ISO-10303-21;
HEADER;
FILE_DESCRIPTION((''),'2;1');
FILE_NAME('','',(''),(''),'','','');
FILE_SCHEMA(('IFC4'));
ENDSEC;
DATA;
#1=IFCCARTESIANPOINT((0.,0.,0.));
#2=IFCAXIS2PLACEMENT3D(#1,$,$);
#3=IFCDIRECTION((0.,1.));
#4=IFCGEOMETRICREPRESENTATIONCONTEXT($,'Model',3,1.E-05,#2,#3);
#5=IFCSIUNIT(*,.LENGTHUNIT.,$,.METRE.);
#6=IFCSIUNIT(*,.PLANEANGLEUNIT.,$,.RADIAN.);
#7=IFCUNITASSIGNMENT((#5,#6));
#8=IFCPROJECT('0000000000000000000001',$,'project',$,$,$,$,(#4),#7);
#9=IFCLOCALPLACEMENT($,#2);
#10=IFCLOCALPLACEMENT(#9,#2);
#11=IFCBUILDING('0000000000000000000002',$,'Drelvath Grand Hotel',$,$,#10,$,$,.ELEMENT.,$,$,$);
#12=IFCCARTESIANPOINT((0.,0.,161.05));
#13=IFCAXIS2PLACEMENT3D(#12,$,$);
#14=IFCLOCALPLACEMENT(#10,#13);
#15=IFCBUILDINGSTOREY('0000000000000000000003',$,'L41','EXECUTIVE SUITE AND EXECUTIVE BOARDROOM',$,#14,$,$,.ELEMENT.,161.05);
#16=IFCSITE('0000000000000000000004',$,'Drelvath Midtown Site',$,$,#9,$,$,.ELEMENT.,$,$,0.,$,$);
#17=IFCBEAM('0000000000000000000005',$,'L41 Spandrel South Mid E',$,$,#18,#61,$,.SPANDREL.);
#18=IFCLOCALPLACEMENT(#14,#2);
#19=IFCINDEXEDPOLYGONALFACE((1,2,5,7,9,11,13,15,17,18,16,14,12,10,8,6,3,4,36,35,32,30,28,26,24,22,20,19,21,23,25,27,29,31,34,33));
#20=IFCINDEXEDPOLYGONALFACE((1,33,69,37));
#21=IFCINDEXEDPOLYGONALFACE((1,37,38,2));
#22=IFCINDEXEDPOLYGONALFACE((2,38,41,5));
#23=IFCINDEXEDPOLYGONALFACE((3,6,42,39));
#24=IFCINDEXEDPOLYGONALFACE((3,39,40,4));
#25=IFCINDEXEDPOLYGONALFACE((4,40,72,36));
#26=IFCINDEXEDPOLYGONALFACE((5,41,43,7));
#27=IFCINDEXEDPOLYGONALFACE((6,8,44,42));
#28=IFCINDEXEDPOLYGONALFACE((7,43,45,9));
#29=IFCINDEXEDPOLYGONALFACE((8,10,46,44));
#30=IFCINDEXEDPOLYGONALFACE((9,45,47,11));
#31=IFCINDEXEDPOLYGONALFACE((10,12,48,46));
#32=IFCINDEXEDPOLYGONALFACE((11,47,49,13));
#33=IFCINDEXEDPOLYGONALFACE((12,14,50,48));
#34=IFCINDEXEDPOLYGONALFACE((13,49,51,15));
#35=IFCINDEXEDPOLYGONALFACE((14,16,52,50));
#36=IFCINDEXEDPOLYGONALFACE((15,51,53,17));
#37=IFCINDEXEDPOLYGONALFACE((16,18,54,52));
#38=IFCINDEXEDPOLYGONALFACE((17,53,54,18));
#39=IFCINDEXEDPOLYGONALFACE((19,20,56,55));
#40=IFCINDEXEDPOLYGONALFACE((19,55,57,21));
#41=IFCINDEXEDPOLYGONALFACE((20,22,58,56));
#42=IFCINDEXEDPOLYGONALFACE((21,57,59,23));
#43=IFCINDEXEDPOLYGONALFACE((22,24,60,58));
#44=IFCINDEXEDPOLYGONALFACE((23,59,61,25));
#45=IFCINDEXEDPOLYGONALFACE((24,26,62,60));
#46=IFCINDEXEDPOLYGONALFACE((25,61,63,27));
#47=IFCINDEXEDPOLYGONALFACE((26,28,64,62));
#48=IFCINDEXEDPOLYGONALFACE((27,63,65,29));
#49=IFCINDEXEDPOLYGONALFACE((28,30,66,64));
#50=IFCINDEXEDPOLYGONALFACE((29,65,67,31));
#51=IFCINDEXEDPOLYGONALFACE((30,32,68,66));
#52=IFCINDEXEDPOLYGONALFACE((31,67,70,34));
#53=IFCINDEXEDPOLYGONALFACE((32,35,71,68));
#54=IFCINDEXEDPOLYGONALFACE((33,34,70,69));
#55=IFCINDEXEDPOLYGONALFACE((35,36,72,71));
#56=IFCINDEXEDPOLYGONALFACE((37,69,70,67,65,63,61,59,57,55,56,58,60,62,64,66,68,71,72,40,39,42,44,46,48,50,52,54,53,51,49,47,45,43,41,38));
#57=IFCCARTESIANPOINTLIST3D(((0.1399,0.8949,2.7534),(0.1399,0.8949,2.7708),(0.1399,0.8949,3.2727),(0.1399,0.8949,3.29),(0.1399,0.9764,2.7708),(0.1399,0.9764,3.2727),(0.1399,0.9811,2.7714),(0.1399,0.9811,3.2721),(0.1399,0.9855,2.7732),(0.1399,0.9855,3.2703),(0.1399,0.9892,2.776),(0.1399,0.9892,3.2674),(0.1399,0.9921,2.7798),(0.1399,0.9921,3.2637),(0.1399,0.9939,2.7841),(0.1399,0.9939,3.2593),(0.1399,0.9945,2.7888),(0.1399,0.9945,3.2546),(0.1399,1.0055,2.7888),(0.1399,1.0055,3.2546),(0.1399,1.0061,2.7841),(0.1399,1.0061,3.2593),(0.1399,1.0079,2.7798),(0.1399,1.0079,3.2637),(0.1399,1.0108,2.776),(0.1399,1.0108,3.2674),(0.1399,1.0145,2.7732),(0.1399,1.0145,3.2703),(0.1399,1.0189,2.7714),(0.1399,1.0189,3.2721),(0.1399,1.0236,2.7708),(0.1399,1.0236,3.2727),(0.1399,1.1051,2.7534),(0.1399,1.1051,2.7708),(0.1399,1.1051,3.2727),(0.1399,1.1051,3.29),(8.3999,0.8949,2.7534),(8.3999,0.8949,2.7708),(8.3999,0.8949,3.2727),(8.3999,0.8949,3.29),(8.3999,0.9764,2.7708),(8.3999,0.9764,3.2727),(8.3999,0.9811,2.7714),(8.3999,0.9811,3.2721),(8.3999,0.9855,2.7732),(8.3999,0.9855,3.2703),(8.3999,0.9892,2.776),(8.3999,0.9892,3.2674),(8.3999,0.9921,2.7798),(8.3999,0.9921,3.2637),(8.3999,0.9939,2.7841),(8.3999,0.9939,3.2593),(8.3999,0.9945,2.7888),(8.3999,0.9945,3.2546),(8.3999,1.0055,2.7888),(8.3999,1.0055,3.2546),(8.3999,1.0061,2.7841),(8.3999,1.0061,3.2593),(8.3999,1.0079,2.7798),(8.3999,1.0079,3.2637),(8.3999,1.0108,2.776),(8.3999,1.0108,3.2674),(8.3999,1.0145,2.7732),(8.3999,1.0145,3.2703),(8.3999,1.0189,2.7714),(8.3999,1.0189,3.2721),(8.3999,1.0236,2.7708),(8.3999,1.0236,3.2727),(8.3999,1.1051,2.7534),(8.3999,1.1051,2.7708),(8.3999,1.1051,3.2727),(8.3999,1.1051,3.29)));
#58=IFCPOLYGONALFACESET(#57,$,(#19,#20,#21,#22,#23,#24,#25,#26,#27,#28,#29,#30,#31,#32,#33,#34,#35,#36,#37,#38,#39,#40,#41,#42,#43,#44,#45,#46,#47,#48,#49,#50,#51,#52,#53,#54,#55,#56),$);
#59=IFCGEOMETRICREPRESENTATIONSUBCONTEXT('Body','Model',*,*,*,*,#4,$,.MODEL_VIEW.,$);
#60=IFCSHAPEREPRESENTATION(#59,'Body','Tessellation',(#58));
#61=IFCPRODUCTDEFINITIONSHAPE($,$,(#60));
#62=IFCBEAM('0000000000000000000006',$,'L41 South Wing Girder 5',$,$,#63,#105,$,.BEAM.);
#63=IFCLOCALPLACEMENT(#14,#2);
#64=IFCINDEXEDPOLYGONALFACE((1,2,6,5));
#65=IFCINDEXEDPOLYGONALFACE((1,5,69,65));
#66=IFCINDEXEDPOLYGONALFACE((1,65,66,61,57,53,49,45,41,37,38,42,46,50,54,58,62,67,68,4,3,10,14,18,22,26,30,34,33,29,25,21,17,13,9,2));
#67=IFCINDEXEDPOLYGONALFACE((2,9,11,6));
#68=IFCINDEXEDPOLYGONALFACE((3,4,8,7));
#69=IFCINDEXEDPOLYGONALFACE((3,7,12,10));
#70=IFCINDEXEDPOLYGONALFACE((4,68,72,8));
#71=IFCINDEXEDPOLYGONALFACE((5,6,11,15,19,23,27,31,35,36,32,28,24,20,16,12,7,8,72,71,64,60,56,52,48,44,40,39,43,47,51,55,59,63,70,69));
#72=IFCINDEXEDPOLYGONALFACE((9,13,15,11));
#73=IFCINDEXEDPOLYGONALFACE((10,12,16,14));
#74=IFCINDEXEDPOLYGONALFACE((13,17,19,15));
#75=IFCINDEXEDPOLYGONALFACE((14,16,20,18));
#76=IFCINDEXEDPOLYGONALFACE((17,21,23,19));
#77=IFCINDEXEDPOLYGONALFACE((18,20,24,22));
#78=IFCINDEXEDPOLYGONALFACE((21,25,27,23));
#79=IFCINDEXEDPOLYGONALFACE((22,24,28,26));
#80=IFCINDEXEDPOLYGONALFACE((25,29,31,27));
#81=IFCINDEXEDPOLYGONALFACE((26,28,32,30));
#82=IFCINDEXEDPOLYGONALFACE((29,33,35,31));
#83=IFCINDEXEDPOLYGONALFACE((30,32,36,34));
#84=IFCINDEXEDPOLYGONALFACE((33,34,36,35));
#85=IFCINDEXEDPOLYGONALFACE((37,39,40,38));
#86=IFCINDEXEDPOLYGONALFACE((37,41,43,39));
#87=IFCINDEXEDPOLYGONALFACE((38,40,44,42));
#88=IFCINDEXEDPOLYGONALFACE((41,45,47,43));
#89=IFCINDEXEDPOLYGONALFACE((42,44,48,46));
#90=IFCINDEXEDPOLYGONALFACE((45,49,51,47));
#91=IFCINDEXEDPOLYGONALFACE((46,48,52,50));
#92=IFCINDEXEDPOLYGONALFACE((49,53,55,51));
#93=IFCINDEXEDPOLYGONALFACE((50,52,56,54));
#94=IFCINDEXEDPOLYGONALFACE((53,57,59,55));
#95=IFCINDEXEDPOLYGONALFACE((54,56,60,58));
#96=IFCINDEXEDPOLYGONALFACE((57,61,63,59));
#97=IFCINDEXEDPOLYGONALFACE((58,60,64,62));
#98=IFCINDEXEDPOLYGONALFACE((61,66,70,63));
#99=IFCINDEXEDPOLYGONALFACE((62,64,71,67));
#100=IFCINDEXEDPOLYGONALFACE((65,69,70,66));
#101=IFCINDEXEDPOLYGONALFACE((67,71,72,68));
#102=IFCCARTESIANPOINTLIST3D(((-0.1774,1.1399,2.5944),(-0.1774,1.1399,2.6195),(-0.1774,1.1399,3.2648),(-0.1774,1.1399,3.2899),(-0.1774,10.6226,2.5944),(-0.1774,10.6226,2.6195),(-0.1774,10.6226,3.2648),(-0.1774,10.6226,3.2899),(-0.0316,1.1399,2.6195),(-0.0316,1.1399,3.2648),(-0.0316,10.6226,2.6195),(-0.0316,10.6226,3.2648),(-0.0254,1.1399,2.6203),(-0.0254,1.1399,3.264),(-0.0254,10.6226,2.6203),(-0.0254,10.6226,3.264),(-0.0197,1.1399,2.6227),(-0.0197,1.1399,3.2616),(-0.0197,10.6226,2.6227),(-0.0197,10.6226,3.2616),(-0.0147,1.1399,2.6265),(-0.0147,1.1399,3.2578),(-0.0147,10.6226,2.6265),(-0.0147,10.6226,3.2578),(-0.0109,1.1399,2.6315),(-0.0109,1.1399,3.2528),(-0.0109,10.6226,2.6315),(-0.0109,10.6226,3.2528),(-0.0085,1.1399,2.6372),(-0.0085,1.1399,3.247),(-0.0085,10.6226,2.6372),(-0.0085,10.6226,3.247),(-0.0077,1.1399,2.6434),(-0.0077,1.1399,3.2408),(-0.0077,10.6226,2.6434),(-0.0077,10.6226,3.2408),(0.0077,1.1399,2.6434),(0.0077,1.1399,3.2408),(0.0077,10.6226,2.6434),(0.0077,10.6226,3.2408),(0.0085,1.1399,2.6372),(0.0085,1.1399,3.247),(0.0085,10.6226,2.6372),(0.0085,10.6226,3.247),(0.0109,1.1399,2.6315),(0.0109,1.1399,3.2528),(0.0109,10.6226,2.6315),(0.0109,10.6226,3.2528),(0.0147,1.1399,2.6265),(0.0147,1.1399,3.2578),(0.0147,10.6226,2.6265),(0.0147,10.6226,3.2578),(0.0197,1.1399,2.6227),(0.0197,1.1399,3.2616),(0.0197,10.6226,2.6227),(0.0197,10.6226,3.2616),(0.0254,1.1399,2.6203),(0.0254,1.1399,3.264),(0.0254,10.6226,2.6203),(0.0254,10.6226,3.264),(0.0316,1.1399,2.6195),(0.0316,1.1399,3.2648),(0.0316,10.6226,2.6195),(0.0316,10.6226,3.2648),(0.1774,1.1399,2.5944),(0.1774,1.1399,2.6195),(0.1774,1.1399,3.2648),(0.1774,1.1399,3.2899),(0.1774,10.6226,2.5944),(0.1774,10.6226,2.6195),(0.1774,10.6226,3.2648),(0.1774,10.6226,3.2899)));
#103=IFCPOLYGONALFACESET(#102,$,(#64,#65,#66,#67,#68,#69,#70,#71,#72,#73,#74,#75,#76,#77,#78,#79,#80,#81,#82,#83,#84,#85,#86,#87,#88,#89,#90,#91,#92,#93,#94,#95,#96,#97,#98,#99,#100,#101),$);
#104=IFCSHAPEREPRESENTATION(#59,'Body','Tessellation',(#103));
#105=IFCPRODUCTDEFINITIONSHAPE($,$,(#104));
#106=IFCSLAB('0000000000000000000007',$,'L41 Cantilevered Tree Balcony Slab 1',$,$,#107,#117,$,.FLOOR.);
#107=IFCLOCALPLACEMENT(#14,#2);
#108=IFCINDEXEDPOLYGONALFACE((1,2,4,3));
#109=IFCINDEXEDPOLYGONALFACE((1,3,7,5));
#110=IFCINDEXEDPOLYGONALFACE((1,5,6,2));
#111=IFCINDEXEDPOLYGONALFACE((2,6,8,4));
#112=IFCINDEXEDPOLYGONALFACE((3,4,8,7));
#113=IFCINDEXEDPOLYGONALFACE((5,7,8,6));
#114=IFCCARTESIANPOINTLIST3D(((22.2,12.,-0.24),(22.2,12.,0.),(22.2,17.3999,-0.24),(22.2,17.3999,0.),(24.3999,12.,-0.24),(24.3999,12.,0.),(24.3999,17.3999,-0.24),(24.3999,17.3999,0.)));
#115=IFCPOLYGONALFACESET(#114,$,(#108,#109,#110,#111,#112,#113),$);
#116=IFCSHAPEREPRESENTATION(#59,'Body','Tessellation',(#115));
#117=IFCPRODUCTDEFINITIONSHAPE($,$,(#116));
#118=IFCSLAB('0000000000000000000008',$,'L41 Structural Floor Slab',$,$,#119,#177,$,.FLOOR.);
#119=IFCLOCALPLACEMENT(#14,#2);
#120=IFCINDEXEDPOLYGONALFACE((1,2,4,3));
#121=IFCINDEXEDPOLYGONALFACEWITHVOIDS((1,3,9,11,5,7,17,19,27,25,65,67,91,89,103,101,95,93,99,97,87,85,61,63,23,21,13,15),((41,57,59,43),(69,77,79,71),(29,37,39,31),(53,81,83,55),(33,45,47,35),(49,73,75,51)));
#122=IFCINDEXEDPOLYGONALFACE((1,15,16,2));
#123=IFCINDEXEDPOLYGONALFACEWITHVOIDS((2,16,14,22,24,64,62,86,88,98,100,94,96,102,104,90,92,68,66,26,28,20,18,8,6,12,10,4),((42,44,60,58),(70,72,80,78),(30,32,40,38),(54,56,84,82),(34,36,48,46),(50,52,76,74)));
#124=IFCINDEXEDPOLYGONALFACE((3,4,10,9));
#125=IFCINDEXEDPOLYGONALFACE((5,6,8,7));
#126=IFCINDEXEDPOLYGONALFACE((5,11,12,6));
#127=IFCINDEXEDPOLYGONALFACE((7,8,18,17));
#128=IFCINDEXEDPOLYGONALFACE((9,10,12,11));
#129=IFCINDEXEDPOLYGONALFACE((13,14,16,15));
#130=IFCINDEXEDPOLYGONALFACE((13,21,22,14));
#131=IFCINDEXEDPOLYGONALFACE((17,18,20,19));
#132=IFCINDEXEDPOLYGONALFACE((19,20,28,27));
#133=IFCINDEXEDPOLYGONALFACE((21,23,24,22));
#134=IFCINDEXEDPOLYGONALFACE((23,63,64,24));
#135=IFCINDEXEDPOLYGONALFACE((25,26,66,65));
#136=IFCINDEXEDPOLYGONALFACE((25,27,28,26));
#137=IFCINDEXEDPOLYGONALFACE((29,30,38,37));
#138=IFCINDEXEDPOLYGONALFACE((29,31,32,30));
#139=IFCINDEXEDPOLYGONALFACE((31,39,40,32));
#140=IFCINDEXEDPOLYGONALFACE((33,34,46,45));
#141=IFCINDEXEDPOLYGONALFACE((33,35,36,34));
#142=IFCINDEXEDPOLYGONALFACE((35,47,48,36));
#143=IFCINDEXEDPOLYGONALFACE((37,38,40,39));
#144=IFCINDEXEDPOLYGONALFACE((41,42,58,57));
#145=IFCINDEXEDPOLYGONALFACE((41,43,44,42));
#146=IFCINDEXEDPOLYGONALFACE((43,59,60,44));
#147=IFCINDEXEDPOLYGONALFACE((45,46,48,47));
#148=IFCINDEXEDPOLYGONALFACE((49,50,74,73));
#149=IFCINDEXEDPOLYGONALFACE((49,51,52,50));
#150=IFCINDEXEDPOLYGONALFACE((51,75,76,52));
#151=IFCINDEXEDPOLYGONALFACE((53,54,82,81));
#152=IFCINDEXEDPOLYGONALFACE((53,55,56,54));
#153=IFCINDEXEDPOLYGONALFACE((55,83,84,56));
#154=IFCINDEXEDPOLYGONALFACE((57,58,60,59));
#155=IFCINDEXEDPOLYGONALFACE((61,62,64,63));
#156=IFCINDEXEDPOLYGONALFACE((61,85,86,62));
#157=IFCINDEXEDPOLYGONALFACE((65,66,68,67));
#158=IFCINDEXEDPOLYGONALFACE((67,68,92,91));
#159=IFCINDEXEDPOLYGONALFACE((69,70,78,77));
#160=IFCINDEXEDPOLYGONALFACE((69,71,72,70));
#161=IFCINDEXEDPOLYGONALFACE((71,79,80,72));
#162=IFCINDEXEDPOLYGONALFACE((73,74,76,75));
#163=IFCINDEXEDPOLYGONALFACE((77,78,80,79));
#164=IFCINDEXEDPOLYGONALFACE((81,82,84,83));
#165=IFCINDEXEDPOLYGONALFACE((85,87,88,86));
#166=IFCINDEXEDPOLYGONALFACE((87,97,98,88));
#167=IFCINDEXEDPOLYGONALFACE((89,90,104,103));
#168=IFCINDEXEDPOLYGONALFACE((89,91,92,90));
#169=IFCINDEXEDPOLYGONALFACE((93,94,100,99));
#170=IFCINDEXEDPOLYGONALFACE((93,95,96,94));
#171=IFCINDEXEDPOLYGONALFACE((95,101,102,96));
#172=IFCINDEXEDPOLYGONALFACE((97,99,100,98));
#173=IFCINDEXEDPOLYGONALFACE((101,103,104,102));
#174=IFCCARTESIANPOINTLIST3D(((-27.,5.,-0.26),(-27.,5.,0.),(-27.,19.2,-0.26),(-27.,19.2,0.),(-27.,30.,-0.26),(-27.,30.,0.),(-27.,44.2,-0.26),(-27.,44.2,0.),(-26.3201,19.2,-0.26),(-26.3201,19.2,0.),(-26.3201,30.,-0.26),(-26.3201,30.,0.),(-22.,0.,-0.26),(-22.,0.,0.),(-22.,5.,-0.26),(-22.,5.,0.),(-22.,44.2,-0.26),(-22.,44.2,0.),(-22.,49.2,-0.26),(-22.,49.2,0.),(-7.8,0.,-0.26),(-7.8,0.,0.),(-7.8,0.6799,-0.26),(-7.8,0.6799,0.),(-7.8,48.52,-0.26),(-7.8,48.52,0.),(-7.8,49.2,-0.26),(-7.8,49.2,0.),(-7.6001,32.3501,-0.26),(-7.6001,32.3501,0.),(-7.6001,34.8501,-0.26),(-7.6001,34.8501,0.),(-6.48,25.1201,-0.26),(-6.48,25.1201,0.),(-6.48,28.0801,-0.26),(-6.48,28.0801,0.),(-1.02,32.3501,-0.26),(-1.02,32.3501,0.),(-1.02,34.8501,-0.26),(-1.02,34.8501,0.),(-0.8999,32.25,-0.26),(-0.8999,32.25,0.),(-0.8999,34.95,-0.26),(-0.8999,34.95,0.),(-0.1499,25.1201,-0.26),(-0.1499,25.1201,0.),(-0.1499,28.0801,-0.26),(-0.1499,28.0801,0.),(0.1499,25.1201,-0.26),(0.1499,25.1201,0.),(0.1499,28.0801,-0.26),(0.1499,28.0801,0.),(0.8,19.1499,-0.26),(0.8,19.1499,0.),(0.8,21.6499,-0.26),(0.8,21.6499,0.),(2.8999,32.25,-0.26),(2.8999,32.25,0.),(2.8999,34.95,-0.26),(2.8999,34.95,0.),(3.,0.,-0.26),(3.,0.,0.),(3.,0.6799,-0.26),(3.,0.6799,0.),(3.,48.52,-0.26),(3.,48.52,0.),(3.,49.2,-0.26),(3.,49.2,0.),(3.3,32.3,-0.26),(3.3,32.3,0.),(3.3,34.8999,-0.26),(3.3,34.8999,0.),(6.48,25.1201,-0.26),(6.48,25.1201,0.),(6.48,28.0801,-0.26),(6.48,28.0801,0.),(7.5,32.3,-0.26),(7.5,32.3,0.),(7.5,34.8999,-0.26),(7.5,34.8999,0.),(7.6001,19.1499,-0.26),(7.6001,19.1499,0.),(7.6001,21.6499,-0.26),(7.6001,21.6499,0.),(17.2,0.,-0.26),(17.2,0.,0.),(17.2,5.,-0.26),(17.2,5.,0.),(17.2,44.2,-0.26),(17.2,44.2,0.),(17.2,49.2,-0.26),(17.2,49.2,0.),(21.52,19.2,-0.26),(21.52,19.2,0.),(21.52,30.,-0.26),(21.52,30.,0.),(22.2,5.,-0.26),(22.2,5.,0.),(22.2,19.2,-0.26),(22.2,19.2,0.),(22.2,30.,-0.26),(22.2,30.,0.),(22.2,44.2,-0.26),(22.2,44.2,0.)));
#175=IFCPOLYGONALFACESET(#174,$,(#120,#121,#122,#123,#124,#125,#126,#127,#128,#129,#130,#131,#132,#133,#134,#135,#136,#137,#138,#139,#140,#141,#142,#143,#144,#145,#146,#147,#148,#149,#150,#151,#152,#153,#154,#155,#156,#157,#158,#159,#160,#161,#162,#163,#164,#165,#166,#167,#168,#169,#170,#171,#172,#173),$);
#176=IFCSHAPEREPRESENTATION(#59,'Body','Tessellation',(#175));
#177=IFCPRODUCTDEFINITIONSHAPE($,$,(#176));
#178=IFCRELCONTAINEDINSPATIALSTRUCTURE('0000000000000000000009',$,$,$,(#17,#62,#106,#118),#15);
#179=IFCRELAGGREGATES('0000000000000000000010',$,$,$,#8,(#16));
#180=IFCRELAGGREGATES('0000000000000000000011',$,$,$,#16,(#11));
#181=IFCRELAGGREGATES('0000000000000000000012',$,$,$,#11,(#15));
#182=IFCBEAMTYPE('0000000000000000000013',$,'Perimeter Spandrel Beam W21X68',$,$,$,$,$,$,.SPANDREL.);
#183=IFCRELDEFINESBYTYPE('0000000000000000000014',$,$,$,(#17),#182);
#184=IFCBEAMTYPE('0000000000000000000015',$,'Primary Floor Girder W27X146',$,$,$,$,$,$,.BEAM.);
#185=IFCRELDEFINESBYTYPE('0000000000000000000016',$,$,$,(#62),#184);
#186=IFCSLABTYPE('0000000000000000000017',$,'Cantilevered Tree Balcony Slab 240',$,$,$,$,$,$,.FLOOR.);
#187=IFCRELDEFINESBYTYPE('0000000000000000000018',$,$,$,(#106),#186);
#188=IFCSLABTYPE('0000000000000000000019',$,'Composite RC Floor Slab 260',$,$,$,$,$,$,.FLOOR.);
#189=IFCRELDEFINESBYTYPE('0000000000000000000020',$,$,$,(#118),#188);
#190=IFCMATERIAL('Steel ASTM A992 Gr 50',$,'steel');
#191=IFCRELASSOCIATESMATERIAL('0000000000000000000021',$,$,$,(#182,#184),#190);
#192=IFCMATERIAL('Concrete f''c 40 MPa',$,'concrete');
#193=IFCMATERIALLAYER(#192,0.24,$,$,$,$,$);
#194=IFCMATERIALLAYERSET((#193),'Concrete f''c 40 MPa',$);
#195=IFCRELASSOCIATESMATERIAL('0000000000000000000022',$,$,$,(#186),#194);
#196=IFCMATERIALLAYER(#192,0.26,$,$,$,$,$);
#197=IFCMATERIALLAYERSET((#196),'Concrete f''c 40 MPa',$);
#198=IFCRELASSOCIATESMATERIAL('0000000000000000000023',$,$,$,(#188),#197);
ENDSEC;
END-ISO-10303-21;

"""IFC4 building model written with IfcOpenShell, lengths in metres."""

from ifc_helpers import new_model, si_unit, direction, frame, origin, origin_2d, place, context, subcontext, project, spatial, polyline, i_section, outline, extrude, material, layer, layer_set, material_profile, profile_set, type_object, element, save


model = new_model("IFC4")

# Units and contexts
model_context = context("Model", 3, precision=1e-05, world=origin(), true_north=direction((0.0, 1.0)))
body_context = subcontext(model_context, "Body", "Model", "MODEL_VIEW")
ifc_project = project(units=[si_unit("LENGTHUNIT", "METRE"), si_unit("PLANEANGLEUNIT", "RADIAN")], contexts=[model_context])

# Site, building, storey
site_placement = place(None, origin())
site = spatial("IfcSite", under=ifc_project, at=site_placement, Name="Drelvath Midtown Site", CompositionType="ELEMENT", RefElevation=0.0)
building_placement = place(site_placement, origin())
building = spatial("IfcBuilding", under=site, at=building_placement, Name="Drelvath Grand Hotel", CompositionType="ELEMENT")
storey_placement = place(building_placement, frame((0.0, 0.0, 161.05)))
storey = spatial("IfcBuildingStorey", under=building, at=storey_placement, Name="L41", Description="EXECUTIVE SUITE AND EXECUTIVE BOARDROOM", CompositionType="ELEMENT", Elevation=161.05)

# Beams
ifc_material_1 = material(Name="Steel ASTM A992 Gr 50", Category="steel")
ifc_material_profile_1 = material_profile(ifc_material_1, i_section(OverallWidth=0.2102, OverallDepth=0.5366, WebThickness=0.011, FlangeThickness=0.0173, FilletRadius=0.0181, at=origin_2d()), Name="W21X68")
ifc_profile_set_1 = profile_set([ifc_material_profile_1], Name="Steel ASTM A992 Gr 50")
beam_type_1 = type_object("IfcBeamType", Name="Perimeter Spandrel Beam W21X68", PredefinedType="SPANDREL", material=ifc_profile_set_1)
beam_1_placement = place(storey_placement, frame((0.1399, 1.0, 3.0217), z_axis=(1.0, 0.0, 0.0), x_axis=(0.0, 1.0, 0.0)))
element("IfcBeam", 1, at=beam_1_placement, inside=storey, type_object=beam_type_1, Name="L41 Spandrel South Mid E", PredefinedType="SPANDREL", context=body_context, shape_type="SweptSolid", body=[
    extrude(i_section(OverallWidth=0.2102, OverallDepth=0.5366, WebThickness=0.011, FlangeThickness=0.0173, FilletRadius=0.0181, at=origin_2d()), origin(), (0.0, 0.0, 1.0), 8.26),
])
ifc_material_profile_2 = material_profile(ifc_material_1, i_section(OverallWidth=0.3547, OverallDepth=0.6956, WebThickness=0.0154, FlangeThickness=0.0251, FilletRadius=0.0239, at=origin_2d()), Name="W27X146")
ifc_profile_set_2 = profile_set([ifc_material_profile_2], Name="Steel ASTM A992 Gr 50")
beam_type_2 = type_object("IfcBeamType", Name="Primary Floor Girder W27X146", PredefinedType="BEAM", material=ifc_profile_set_2)
beam_2_placement = place(storey_placement, frame((0.0, 1.1399, 2.9421), z_axis=(0.0, 1.0, 0.0), x_axis=(-1.0, 0.0, 0.0)))
element("IfcBeam", 2, at=beam_2_placement, inside=storey, type_object=beam_type_2, Name="L41 South Wing Girder 5", PredefinedType="BEAM", context=body_context, shape_type="SweptSolid", body=[
    extrude(i_section(OverallWidth=0.3547, OverallDepth=0.6956, WebThickness=0.0154, FlangeThickness=0.0251, FilletRadius=0.0239, at=origin_2d()), origin(), (0.0, 0.0, 1.0), 9.4827),
])

# Slabs
ifc_material_2 = material(Name="Concrete f'c 40 MPa", Category="concrete")
ifc_layer_1 = layer(ifc_material_2, 0.24)
ifc_layer_set_1 = layer_set([ifc_layer_1], Name="Concrete f'c 40 MPa")
slab_type_1 = type_object("IfcSlabType", Name="Cantilevered Tree Balcony Slab 240", PredefinedType="FLOOR", material=ifc_layer_set_1)
slab_1_placement = place(storey_placement, frame((0.0, 0.0, -0.24)))
element("IfcSlab", 3, at=slab_1_placement, inside=storey, type_object=slab_type_1, Name="L41 Cantilevered Tree Balcony Slab 1", PredefinedType="FLOOR", context=body_context, shape_type="SweptSolid", body=[
    extrude(outline(polyline([(22.2, 12.0), (24.3999, 12.0), (24.3999, 17.3999), (22.2, 17.3999), (22.2, 12.0)])), origin(), (0.0, 0.0, 1.0), 0.24),
])
ifc_layer_2 = layer(ifc_material_2, 0.26)
ifc_layer_set_2 = layer_set([ifc_layer_2], Name="Concrete f'c 40 MPa")
slab_type_2 = type_object("IfcSlabType", Name="Composite RC Floor Slab 260", PredefinedType="FLOOR", material=ifc_layer_set_2)
slab_2_placement = place(storey_placement, frame((0.0, 0.0, -0.26)))
element("IfcSlab", 4, at=slab_2_placement, inside=storey, type_object=slab_type_2, Name="L41 Structural Floor Slab", PredefinedType="FLOOR", context=body_context, shape_type="SweptSolid", body=[
    extrude(outline(polyline([(-22.0, 0.0), (-7.8, 0.0), (-7.8, 0.6799), (3.0, 0.6799), (3.0, 0.0), (17.2, 0.0), (17.2, 5.0), (22.2, 5.0), (22.2, 19.2), (21.52, 19.2), (21.52, 30.0), (22.2, 30.0), (22.2, 44.2), (17.2, 44.2), (17.2, 49.2), (3.0, 49.2), (3.0, 48.52), (-7.8, 48.52), (-7.8, 49.2), (-22.0, 49.2), (-22.0, 44.2), (-27.0, 44.2), (-27.0, 30.0), (-26.3201, 30.0), (-26.3201, 19.2), (-27.0, 19.2), (-27.0, 5.0), (-22.0, 5.0), (-22.0, 0.0)]), holes=[polyline([(-6.48, 25.1201), (-6.48, 28.0801), (-0.1499, 28.0801), (-0.1499, 25.1201), (-6.48, 25.1201)]), polyline([(0.1499, 25.1201), (0.1499, 28.0801), (6.48, 28.0801), (6.48, 25.1201), (0.1499, 25.1201)]), polyline([(0.8, 19.1499), (0.8, 21.6499), (7.6001, 21.6499), (7.6001, 19.1499), (0.8, 19.1499)]), polyline([(-7.6001, 32.3501), (-7.6001, 34.8501), (-1.02, 34.8501), (-1.02, 32.3501), (-7.6001, 32.3501)]), polyline([(-0.8999, 32.25), (-0.8999, 34.95), (2.8999, 34.95), (2.8999, 32.25), (-0.8999, 32.25)]), polyline([(3.3, 32.3), (3.3, 34.8999), (7.5, 34.8999), (7.5, 32.3), (3.3, 32.3)])]), origin(), (0.0, 0.0, 1.0), 0.26),
])

save(model, "model.ifc")
